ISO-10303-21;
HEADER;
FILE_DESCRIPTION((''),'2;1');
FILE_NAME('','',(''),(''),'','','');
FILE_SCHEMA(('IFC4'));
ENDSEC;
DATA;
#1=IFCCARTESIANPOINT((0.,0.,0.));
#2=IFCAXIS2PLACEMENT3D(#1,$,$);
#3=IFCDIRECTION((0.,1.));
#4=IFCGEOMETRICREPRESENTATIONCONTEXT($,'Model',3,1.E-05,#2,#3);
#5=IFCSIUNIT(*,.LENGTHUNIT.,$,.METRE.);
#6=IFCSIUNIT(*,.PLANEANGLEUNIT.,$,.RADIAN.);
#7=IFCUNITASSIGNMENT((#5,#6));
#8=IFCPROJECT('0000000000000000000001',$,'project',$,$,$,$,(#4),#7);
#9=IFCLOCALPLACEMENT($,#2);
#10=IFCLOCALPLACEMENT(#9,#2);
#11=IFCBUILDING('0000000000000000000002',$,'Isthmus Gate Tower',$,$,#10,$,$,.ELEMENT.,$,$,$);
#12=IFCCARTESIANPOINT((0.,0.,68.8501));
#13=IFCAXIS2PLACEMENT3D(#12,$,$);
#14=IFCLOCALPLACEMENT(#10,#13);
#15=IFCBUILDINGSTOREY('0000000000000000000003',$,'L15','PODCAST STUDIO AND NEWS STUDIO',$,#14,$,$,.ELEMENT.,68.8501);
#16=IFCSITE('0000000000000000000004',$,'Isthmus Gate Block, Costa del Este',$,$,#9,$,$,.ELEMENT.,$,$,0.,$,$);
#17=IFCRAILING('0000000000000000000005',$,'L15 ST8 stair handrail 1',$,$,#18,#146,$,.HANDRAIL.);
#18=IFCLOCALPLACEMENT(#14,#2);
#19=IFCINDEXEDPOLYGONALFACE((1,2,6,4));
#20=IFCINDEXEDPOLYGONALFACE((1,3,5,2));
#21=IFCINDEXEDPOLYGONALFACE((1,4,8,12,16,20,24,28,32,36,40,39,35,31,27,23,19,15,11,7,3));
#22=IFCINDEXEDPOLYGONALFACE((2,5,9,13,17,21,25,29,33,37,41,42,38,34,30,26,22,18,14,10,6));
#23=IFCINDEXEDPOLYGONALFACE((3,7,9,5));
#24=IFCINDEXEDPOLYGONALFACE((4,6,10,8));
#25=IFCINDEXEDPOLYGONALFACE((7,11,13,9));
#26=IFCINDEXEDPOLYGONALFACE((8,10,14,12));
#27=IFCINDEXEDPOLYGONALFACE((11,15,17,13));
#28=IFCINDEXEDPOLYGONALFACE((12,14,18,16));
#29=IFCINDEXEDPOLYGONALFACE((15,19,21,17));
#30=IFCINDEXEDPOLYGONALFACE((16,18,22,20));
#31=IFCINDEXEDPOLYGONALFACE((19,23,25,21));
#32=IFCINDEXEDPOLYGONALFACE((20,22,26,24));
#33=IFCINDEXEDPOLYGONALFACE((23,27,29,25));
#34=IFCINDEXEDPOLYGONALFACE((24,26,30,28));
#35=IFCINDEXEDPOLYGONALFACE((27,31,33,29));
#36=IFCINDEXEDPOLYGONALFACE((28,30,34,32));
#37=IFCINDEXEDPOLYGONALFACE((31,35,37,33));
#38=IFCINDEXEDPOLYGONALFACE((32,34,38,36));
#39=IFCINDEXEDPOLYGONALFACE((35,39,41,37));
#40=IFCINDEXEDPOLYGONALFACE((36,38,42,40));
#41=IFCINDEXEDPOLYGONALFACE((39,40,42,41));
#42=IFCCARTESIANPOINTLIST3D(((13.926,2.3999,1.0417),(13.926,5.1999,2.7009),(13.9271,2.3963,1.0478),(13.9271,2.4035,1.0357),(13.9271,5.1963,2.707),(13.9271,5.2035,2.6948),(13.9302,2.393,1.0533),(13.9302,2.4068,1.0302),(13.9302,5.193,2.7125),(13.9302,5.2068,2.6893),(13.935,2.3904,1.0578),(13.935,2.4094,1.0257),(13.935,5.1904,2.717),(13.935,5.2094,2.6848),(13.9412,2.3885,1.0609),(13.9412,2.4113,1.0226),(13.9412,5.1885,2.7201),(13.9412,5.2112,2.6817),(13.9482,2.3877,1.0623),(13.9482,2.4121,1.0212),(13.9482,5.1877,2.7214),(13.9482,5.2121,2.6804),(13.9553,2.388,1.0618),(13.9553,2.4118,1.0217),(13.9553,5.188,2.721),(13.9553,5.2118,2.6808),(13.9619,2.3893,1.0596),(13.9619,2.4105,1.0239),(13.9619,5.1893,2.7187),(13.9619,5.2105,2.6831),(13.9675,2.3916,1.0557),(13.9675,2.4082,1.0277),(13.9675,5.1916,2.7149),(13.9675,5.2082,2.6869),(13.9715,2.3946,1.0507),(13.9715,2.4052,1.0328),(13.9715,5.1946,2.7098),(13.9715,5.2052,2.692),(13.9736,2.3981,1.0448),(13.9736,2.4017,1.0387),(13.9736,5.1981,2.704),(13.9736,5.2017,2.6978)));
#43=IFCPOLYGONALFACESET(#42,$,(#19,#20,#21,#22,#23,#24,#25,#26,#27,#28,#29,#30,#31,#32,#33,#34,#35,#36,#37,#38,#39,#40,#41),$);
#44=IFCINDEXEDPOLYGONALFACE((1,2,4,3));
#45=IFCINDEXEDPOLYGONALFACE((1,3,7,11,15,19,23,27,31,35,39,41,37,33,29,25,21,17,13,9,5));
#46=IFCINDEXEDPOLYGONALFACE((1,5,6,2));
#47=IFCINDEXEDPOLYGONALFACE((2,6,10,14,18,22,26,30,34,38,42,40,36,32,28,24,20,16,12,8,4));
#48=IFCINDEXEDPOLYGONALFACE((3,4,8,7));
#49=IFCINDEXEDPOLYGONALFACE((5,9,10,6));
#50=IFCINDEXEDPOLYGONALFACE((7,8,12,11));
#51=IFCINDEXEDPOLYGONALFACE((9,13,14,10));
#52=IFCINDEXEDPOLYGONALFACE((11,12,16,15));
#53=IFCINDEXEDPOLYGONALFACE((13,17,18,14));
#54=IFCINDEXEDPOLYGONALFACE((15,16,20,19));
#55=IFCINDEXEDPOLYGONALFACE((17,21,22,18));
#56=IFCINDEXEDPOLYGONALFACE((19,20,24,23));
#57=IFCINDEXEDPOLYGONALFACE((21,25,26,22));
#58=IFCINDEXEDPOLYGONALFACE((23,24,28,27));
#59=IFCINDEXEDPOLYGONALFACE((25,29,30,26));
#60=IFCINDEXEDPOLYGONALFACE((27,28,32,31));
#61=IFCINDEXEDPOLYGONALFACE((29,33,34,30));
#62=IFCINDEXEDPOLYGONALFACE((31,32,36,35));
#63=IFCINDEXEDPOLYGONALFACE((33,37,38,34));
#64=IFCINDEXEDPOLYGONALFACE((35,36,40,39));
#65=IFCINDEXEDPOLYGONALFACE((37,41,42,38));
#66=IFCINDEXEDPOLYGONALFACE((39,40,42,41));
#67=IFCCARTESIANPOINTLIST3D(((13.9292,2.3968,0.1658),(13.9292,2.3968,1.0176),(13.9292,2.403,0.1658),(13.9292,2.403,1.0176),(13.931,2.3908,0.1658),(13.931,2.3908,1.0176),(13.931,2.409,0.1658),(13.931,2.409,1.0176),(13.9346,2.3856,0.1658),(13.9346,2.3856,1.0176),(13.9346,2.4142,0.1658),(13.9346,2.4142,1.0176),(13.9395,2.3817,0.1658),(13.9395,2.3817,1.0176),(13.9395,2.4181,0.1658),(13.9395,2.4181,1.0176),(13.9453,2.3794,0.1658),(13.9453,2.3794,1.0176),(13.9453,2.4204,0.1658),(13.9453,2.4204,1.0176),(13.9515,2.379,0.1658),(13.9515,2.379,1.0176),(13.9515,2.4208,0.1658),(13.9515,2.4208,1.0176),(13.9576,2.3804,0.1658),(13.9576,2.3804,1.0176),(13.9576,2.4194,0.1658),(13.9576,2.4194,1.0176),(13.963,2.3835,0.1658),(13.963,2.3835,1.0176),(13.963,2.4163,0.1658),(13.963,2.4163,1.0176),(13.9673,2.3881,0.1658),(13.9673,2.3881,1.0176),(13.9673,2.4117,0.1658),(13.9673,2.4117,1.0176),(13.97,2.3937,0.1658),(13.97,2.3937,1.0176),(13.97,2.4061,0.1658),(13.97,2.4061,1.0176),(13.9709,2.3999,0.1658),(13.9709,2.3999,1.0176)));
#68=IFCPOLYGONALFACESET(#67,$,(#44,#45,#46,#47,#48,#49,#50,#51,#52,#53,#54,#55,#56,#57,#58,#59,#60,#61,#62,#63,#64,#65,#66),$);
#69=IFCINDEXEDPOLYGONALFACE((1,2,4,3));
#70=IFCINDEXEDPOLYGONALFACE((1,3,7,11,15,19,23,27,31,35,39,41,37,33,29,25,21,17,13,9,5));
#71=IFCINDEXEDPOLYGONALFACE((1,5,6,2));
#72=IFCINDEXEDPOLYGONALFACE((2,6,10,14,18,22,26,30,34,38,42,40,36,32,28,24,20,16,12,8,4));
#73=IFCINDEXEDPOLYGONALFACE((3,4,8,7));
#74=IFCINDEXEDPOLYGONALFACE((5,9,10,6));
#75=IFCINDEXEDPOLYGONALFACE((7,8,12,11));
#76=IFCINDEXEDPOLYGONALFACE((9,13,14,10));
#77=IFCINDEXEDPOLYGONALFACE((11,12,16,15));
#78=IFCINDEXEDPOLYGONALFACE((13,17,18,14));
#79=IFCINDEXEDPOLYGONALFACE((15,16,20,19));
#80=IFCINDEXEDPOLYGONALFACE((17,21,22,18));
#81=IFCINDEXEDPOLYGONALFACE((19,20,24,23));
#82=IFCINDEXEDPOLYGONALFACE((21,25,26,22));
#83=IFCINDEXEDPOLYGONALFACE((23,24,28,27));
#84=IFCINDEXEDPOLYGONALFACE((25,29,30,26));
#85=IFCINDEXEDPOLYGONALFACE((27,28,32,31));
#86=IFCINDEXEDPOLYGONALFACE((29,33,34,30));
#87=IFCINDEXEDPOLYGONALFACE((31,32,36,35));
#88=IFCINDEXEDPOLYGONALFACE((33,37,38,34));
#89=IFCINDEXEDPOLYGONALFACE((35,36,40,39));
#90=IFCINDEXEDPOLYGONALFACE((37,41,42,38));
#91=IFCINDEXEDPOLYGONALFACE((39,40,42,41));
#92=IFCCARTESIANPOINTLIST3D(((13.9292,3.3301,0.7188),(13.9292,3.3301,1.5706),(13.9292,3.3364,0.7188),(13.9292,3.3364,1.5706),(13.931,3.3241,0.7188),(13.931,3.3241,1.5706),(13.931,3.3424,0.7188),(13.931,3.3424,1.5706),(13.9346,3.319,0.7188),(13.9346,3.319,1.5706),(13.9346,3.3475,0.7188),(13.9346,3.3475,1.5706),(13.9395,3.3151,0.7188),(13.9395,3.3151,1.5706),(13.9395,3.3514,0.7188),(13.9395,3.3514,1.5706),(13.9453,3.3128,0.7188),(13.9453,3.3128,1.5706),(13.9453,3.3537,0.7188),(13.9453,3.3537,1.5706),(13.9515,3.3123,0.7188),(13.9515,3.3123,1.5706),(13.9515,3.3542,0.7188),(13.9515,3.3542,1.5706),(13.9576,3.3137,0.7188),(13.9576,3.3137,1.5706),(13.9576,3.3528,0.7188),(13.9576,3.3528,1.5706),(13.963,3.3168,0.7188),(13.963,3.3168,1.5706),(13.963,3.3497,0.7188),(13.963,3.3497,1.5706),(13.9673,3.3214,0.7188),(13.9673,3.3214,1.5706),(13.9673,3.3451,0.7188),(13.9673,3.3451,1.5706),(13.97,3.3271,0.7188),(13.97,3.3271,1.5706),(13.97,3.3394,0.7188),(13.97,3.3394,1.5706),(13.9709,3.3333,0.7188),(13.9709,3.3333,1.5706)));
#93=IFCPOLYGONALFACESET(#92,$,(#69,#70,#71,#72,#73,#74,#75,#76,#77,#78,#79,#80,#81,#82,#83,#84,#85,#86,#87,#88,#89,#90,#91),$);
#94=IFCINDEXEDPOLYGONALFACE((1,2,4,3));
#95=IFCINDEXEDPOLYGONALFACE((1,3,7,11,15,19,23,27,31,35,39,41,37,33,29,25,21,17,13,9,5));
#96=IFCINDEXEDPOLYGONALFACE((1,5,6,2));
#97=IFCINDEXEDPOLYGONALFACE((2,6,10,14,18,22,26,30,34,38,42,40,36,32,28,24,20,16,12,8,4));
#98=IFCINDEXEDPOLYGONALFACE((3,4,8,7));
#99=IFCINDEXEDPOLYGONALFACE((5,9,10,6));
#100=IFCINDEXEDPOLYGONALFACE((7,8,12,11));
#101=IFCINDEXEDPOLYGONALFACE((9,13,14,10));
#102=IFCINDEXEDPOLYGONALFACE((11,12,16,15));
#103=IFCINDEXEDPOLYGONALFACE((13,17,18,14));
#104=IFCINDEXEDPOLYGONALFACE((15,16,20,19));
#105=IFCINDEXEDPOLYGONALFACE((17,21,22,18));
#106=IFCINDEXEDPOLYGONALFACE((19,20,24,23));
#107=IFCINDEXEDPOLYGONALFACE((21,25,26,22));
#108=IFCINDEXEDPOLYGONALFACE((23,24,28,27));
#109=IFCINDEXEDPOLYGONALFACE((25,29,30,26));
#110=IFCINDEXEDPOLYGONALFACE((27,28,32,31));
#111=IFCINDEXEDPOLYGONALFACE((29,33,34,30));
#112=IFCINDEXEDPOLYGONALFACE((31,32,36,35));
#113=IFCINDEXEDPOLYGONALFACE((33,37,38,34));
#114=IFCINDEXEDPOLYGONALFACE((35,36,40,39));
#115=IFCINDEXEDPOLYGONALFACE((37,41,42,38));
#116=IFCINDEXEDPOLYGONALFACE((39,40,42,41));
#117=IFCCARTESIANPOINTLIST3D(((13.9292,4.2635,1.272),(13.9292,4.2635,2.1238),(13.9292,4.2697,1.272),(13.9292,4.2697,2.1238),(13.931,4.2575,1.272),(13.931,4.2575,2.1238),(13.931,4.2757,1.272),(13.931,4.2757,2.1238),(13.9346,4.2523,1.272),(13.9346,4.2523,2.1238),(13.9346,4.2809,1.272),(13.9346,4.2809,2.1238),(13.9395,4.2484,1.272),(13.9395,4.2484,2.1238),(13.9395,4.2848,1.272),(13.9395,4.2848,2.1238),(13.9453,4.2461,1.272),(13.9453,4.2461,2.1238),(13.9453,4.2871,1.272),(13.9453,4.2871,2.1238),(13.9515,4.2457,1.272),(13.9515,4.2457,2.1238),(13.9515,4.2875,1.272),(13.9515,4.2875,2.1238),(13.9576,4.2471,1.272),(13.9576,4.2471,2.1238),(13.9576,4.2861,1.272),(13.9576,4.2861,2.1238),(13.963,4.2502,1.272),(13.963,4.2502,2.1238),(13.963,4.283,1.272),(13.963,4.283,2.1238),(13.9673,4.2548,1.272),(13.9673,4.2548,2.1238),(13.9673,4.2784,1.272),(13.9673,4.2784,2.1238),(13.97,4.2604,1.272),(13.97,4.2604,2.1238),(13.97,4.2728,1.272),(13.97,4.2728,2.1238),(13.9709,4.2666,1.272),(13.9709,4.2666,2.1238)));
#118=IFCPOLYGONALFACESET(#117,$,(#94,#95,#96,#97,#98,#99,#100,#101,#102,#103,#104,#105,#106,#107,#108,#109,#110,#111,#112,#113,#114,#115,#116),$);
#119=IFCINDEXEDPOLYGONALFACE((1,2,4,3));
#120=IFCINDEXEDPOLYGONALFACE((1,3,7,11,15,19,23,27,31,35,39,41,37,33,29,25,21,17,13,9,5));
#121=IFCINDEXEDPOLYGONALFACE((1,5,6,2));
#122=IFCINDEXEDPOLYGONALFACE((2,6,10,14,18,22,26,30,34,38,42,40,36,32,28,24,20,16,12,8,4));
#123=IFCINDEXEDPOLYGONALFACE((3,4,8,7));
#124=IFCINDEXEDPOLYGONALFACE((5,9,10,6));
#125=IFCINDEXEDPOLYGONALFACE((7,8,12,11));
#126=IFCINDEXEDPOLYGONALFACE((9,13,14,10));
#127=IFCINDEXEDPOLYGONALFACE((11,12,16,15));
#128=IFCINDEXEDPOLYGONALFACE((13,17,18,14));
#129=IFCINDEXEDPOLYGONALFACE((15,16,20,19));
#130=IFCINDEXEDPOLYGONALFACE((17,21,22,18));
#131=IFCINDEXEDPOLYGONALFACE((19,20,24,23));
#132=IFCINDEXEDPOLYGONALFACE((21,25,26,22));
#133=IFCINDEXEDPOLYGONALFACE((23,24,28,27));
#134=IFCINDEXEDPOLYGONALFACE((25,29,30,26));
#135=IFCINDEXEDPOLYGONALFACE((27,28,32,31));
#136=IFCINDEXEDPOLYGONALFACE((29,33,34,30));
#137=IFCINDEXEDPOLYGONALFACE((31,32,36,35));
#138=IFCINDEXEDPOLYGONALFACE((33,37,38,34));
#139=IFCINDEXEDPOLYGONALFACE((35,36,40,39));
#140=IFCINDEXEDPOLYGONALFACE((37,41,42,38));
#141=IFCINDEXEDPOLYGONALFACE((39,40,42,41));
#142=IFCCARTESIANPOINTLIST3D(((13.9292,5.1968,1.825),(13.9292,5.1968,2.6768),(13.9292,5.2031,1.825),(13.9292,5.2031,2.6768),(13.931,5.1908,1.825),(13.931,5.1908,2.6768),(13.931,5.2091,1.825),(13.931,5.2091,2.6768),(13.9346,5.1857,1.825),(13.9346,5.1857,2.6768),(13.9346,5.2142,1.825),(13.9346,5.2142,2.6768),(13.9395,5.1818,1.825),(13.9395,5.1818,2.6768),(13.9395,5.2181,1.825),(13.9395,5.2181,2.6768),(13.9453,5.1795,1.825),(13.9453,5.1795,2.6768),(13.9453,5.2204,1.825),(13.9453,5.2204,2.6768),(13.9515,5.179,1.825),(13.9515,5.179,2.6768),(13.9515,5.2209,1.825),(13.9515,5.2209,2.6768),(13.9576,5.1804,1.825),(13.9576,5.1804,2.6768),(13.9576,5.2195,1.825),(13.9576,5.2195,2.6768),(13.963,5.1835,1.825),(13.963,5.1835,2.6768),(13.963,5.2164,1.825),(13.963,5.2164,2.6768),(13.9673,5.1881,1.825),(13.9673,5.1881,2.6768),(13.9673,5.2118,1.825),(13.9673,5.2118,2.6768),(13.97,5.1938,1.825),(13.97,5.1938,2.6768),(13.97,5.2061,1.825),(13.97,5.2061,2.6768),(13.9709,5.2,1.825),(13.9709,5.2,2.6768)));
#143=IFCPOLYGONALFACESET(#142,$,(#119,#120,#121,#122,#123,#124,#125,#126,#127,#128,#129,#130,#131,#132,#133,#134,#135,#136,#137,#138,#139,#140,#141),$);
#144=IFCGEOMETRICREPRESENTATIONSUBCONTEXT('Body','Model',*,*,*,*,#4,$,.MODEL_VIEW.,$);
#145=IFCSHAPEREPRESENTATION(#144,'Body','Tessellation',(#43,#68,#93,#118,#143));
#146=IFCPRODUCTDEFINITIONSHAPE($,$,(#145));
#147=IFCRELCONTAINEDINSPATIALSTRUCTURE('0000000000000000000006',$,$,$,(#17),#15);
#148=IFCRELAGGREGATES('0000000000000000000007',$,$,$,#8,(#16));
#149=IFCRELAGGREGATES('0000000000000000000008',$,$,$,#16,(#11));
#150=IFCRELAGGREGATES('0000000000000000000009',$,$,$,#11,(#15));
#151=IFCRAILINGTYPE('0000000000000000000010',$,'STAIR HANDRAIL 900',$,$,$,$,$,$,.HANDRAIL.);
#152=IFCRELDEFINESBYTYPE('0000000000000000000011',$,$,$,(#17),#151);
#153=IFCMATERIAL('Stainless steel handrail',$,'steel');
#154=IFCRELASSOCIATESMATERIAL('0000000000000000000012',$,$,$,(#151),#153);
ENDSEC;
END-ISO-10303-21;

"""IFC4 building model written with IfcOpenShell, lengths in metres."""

from ifc_helpers import new_model, si_unit, direction, frame, origin, origin_2d, place, context, subcontext, project, spatial, circle, extrude, material, type_object, element, save


model = new_model("IFC4")

# Units and contexts
model_context = context("Model", 3, precision=1e-05, world=origin(), true_north=direction((0.0, 1.0)))
body_context = subcontext(model_context, "Body", "Model", "MODEL_VIEW")
ifc_project = project(units=[si_unit("LENGTHUNIT", "METRE"), si_unit("PLANEANGLEUNIT", "RADIAN")], contexts=[model_context])

# Site, building, storey
site_placement = place(None, origin())
site = spatial("IfcSite", under=ifc_project, at=site_placement, Name="Isthmus Gate Block, Costa del Este", CompositionType="ELEMENT", RefElevation=0.0)
building_placement = place(site_placement, origin())
building = spatial("IfcBuilding", under=site, at=building_placement, Name="Isthmus Gate Tower", CompositionType="ELEMENT")
storey_placement = place(building_placement, frame((0.0, 0.0, 68.8501)))
storey = spatial("IfcBuildingStorey", under=building, at=storey_placement, Name="L15", Description="PODCAST STUDIO AND NEWS STUDIO", CompositionType="ELEMENT", Elevation=68.8501)

# Railing
ifc_material_1 = material(Name="Stainless steel handrail", Category="steel")
railing_type_1 = type_object("IfcRailingType", Name="STAIR HANDRAIL 900", PredefinedType="HANDRAIL", material=ifc_material_1)
for number, where, name in (
    (1, (13.95, 2.3999, 0.1658), "L15 ST8 stair handrail 1"),
):
    element("IfcRailing", number, at=place(storey_placement, frame(where)), inside=storey, type_object=railing_type_1, Name=name, PredefinedType="HANDRAIL", context=body_context, shape_type="SweptSolid", body=[
        extrude(circle(Radius=0.0239, at=origin_2d()), frame((0.0, 0.0, 0.876), z_axis=(0.0, 0.860306, 0.509778), x_axis=(-1.0, 0.0, 0.0)), (0.0, 0.0, 1.0), 3.2546),
        extrude(circle(Radius=0.021, at=origin_2d()), origin(), (0.0, 0.0, 1.0), 0.8518),
        extrude(circle(Radius=0.021, at=origin_2d()), frame((0.0, 0.9333, 0.553)), (0.0, 0.0, 1.0), 0.8518),
        extrude(circle(Radius=0.021, at=origin_2d()), frame((0.0, 1.8667, 1.1062)), (0.0, 0.0, 1.0), 0.8518),
        extrude(circle(Radius=0.021, at=origin_2d()), frame((0.0, 2.8, 1.6592)), (0.0, 0.0, 1.0), 0.8518),
    ])

save(model, "model.ifc")
